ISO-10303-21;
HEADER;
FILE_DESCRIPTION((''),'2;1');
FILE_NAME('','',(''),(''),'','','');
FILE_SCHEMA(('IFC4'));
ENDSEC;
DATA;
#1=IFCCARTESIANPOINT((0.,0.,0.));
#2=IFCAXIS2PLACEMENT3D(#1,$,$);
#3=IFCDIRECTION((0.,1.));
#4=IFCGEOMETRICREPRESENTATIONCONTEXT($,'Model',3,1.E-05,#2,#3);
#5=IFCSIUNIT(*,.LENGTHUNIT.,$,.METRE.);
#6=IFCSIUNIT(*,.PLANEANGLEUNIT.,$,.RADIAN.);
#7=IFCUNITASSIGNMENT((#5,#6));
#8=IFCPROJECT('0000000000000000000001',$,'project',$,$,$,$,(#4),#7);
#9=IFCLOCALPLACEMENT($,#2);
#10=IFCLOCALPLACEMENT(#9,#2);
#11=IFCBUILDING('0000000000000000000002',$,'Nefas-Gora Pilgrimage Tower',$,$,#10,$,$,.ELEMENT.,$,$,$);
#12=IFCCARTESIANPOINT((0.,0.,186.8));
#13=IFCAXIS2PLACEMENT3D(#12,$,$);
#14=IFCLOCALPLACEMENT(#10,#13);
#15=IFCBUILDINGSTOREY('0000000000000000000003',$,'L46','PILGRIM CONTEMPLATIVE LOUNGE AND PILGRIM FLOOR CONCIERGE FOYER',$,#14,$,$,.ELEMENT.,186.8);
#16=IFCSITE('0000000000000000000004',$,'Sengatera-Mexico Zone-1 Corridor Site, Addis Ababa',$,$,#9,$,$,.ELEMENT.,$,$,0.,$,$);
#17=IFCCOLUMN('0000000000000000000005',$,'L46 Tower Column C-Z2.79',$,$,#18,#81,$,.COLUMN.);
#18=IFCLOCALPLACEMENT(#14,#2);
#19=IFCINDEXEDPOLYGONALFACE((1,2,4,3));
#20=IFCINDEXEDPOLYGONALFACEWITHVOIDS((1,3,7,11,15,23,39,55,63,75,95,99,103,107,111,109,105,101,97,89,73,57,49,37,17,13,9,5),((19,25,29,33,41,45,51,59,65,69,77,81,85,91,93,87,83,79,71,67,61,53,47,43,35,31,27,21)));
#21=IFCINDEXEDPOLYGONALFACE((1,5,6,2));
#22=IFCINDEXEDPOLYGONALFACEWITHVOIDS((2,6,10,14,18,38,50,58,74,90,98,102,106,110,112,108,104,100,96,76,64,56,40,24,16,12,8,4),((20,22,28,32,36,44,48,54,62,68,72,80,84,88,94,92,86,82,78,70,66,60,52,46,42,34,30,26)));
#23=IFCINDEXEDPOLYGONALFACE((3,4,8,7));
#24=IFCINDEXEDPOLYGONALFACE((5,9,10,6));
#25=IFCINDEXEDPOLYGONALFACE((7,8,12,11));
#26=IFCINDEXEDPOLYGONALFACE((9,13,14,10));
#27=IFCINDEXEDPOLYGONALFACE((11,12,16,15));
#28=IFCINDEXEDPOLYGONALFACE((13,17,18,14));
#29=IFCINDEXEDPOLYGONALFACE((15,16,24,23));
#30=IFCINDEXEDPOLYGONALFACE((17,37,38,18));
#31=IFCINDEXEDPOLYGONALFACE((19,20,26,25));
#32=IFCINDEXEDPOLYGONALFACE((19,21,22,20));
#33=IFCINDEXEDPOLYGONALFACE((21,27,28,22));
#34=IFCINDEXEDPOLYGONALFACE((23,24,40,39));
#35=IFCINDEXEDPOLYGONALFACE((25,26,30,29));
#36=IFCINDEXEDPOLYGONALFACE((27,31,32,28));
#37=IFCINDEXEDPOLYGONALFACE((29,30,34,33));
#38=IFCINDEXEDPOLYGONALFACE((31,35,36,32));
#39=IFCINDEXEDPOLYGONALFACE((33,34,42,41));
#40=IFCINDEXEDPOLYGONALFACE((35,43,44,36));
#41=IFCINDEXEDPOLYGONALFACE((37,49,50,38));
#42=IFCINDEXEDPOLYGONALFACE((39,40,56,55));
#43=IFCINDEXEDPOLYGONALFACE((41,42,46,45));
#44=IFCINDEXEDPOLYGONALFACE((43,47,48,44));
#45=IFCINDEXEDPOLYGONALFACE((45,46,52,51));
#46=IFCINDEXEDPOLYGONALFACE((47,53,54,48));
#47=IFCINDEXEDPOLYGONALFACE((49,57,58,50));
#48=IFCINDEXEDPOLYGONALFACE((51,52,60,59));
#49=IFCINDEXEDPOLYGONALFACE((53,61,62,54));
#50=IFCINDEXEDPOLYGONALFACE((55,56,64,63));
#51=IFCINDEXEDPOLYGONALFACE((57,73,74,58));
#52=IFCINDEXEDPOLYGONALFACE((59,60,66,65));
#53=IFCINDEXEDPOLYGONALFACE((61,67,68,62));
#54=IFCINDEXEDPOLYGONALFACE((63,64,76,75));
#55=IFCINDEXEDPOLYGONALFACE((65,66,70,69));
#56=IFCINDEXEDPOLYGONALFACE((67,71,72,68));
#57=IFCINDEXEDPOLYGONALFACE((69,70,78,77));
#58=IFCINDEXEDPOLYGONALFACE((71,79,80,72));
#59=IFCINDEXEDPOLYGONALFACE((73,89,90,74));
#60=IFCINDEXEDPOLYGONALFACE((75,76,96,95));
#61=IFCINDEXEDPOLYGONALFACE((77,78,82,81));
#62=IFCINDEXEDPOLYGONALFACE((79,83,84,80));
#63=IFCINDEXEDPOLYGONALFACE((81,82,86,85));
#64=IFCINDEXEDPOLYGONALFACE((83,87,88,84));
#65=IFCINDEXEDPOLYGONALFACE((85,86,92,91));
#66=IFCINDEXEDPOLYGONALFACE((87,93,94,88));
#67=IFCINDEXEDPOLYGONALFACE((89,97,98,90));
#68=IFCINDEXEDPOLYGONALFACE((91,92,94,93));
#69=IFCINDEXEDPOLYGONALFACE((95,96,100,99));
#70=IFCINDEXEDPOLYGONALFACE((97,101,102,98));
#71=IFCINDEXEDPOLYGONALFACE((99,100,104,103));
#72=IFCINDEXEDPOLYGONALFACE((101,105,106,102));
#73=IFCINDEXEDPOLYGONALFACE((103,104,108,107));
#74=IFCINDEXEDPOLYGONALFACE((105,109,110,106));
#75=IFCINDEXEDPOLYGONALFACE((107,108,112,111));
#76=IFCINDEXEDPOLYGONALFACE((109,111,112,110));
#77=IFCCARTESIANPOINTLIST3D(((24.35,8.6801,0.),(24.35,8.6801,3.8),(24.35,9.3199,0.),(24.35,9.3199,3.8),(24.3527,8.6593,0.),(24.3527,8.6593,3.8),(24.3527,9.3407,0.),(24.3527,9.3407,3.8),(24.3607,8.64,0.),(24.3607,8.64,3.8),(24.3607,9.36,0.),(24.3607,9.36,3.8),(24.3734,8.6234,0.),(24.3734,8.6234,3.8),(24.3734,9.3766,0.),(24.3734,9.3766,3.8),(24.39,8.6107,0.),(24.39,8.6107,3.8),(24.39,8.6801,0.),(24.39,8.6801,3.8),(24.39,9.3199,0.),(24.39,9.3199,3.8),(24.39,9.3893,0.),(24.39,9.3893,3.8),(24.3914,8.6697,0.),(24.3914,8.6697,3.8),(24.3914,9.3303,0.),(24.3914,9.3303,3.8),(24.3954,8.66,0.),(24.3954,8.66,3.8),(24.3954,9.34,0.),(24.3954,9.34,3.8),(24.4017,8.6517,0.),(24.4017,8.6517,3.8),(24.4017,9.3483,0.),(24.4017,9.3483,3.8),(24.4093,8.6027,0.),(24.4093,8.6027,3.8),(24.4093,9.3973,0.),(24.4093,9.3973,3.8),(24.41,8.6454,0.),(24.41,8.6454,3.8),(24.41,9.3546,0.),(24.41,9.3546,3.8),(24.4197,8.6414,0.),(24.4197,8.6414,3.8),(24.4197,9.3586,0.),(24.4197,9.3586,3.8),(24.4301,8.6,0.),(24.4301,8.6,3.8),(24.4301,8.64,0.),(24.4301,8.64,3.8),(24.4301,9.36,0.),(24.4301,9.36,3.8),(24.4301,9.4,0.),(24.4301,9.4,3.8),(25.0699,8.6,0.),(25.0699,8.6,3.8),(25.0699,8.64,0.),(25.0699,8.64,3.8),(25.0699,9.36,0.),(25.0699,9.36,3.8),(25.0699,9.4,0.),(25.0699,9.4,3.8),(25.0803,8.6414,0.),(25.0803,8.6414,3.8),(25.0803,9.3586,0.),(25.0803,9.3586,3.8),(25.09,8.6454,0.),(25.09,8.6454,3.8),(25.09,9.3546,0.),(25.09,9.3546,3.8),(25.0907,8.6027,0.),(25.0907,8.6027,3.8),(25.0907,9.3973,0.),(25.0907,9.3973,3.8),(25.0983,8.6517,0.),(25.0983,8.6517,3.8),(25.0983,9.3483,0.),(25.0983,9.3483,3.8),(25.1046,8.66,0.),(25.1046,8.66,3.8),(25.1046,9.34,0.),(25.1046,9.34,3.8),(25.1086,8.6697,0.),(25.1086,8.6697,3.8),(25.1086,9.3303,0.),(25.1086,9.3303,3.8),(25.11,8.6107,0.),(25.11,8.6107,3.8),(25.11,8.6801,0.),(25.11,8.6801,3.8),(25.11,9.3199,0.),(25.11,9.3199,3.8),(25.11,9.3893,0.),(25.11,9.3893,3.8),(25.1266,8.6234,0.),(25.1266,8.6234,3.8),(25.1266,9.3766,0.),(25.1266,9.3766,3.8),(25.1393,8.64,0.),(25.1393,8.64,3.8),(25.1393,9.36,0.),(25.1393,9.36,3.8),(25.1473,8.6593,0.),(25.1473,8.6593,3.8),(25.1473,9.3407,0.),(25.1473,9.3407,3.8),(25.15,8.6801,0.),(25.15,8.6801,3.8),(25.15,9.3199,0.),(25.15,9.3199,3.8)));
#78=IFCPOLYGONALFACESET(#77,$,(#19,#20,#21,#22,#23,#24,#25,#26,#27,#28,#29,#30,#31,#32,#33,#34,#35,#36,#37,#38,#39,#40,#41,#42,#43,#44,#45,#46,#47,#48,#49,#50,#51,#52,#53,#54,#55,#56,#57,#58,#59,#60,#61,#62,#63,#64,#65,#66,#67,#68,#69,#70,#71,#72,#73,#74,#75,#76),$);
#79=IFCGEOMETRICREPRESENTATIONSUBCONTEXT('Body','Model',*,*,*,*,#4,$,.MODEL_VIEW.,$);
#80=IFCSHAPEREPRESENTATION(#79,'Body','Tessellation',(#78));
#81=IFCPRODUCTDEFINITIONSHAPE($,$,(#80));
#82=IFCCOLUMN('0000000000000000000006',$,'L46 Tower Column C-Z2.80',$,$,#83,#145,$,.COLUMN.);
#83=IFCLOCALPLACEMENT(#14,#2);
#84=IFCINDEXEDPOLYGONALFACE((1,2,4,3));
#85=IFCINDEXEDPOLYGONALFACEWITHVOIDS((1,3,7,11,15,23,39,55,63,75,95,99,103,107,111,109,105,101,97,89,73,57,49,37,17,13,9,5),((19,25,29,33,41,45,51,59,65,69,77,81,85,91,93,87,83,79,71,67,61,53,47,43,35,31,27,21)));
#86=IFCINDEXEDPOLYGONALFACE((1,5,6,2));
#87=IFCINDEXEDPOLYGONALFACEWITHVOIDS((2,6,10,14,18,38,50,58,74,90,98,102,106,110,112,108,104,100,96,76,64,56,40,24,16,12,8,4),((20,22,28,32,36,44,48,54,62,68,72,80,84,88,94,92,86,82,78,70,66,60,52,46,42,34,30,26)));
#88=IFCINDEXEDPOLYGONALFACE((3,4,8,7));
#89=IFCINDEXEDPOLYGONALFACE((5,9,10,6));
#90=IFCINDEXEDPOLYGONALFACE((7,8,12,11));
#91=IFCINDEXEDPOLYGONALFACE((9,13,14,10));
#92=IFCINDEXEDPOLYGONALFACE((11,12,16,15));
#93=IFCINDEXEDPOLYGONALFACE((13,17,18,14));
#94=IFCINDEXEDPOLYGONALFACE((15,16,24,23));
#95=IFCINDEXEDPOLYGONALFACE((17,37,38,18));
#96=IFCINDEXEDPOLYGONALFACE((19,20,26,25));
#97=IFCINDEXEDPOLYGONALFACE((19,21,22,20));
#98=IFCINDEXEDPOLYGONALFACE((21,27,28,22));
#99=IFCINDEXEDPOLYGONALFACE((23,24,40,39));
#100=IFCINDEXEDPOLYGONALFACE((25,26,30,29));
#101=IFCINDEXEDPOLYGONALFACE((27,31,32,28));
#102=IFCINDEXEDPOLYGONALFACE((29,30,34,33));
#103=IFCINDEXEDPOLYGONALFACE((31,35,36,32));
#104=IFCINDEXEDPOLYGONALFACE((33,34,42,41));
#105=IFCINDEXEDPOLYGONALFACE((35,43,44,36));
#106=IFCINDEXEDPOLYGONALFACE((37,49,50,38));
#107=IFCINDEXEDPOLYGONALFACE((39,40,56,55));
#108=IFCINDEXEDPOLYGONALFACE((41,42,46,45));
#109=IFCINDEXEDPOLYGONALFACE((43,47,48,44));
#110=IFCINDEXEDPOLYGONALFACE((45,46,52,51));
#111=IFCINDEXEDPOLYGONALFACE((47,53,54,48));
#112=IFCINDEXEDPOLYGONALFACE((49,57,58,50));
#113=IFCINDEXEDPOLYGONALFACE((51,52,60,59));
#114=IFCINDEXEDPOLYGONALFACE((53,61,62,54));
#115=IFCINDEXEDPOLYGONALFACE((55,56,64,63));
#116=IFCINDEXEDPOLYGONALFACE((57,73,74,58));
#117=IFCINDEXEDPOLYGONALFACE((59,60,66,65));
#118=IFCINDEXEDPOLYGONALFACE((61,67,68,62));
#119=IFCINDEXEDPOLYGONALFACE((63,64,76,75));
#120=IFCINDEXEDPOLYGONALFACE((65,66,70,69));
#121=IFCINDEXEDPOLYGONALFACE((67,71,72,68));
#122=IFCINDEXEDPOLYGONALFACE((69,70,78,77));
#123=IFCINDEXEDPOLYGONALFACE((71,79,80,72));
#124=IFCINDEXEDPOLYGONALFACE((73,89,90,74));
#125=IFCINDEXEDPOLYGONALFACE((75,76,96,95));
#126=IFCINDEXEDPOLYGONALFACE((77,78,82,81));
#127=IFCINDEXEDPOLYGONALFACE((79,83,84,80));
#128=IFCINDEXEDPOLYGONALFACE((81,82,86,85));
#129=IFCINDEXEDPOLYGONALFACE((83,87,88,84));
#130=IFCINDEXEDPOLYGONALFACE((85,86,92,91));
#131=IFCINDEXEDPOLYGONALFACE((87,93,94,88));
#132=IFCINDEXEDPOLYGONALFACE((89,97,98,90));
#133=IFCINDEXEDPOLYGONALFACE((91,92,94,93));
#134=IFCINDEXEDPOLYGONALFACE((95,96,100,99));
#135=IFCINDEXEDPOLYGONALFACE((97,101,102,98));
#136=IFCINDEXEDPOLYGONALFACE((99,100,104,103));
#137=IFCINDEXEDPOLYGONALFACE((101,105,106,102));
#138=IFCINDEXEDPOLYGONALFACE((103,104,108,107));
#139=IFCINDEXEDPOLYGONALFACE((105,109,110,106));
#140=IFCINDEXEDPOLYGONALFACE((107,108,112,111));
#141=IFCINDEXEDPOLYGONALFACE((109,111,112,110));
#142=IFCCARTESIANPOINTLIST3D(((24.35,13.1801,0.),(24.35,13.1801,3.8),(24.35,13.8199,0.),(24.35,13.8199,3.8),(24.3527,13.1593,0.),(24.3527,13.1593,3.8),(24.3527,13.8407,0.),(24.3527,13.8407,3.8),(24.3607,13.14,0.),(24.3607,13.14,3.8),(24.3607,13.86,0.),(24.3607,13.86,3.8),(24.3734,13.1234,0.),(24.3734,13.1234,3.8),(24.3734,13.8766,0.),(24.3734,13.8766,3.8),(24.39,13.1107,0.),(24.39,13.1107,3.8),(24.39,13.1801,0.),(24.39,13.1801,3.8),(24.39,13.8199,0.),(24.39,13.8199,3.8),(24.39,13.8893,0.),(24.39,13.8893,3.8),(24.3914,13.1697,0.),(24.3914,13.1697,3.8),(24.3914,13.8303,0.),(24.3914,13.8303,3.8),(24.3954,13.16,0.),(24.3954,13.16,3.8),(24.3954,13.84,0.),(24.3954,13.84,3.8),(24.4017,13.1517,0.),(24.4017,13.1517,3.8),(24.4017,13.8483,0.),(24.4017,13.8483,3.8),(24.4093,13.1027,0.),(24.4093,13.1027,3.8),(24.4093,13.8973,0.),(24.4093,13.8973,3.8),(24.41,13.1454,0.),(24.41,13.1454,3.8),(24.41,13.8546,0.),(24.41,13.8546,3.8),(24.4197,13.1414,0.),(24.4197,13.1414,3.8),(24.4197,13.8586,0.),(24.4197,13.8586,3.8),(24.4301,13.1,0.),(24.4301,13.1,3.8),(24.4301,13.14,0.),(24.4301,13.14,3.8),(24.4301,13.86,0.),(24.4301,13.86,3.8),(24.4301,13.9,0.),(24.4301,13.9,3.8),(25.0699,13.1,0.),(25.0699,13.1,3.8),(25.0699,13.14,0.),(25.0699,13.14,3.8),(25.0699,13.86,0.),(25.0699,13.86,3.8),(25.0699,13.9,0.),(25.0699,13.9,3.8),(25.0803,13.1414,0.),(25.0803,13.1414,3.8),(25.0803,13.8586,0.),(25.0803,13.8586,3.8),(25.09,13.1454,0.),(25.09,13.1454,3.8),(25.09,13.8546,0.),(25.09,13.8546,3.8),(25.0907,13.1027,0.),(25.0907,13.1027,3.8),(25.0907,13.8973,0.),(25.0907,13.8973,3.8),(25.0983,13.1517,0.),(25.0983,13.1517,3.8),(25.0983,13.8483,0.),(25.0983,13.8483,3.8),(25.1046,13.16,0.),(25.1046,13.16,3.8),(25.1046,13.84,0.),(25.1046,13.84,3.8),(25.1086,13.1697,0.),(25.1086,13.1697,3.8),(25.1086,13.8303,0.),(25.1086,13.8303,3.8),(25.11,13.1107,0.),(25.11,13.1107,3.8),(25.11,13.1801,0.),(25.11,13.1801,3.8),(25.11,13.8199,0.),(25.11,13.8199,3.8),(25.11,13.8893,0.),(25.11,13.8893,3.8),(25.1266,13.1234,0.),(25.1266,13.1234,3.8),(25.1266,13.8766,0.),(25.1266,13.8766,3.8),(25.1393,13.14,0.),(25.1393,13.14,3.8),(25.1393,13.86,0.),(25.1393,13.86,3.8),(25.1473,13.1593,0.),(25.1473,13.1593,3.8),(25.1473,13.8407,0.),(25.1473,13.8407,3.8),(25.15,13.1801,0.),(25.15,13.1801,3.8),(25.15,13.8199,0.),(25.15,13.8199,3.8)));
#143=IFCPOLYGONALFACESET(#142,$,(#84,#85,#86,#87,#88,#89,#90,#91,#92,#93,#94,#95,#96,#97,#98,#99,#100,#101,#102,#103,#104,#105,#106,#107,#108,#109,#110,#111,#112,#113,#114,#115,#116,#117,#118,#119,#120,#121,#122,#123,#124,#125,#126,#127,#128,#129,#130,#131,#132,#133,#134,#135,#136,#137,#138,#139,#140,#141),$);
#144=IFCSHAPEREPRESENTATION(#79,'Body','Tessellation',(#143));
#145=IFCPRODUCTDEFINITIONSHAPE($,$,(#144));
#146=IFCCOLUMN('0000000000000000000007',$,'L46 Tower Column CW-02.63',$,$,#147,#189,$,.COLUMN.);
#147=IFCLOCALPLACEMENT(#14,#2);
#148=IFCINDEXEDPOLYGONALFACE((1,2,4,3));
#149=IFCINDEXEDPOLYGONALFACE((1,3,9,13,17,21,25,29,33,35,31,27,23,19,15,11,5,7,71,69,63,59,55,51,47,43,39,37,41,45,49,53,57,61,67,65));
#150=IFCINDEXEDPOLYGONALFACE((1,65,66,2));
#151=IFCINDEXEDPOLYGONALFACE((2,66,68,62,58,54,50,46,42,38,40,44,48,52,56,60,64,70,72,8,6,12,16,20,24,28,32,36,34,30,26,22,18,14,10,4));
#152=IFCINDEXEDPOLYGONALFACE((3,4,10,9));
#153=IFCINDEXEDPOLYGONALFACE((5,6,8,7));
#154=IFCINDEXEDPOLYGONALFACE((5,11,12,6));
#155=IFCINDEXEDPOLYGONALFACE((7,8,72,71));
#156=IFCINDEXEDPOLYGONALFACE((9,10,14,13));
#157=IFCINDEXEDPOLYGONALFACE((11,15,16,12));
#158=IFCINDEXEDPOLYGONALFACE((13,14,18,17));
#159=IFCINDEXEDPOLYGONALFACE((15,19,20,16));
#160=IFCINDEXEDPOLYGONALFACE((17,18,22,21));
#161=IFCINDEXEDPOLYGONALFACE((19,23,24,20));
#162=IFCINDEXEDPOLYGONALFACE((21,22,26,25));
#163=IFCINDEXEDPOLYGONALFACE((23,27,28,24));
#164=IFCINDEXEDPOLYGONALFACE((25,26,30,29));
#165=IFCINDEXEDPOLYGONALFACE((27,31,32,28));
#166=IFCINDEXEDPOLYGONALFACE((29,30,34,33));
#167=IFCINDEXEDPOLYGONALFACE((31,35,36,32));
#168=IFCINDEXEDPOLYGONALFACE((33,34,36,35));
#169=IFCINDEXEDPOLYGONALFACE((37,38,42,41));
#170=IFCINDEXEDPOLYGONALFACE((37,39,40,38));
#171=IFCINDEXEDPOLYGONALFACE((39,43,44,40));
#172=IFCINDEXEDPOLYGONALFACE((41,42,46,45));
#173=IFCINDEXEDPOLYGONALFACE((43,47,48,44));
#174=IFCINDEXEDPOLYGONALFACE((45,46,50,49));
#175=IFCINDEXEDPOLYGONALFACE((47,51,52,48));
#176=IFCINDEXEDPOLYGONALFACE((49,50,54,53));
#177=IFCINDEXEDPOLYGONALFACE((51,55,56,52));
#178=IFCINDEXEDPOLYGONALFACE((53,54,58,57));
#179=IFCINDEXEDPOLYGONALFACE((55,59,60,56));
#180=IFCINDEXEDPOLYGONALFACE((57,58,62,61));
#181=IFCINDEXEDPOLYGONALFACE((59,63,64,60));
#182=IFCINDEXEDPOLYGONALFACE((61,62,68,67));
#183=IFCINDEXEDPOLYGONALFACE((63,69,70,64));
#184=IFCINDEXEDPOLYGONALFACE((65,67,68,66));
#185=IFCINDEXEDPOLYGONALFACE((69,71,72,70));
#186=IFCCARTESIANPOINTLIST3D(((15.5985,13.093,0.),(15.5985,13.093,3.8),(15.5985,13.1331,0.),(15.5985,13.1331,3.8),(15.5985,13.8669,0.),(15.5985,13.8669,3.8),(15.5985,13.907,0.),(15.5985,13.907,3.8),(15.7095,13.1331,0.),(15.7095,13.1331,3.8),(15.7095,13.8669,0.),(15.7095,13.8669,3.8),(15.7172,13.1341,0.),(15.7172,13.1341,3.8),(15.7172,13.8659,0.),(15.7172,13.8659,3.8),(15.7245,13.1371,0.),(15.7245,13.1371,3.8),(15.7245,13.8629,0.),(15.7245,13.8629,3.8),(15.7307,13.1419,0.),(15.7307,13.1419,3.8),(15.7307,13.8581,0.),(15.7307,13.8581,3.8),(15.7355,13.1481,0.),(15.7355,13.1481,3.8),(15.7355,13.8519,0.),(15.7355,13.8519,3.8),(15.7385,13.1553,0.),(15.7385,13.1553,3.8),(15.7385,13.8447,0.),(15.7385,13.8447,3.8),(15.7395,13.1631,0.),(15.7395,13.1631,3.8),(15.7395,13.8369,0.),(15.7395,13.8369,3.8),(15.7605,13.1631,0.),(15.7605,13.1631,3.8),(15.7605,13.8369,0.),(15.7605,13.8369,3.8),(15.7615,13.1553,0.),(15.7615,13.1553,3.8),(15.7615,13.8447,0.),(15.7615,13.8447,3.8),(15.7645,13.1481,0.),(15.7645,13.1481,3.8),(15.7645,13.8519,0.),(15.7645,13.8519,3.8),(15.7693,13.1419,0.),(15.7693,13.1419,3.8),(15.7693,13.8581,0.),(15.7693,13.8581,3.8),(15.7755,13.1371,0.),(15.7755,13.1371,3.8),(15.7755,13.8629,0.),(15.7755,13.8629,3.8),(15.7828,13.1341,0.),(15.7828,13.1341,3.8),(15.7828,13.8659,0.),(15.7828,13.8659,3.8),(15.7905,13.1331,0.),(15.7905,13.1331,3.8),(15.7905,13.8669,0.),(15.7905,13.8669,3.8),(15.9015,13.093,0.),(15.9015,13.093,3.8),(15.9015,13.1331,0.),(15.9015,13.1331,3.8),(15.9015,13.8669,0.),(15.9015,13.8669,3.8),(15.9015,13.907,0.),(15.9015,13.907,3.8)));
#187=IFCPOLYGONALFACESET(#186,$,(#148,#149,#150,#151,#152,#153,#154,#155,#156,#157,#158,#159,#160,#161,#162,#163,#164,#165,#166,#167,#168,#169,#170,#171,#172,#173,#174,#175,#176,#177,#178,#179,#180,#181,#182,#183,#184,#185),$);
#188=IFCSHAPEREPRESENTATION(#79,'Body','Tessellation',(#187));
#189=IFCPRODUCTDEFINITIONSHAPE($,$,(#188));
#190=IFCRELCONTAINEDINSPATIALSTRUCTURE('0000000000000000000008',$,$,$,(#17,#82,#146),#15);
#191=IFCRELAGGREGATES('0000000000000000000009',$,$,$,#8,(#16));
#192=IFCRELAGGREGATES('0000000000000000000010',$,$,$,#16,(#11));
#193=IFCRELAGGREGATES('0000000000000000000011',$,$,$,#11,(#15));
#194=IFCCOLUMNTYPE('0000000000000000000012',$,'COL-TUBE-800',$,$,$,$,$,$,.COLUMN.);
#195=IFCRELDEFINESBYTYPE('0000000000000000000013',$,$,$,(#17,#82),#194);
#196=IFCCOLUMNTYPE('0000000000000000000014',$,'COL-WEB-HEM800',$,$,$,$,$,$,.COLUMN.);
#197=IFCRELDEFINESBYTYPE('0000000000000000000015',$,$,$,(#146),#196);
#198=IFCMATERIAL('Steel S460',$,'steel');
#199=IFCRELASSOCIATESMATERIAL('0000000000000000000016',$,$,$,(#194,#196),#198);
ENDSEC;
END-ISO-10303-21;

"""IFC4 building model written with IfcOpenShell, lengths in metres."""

from ifc_helpers import new_model, si_unit, direction, frame, origin, origin_2d, place, context, subcontext, project, spatial, hollow_rectangle, i_section, extrude, source, transform, mapped, material, material_profile, profile_set, type_object, element, save


model = new_model("IFC4")

# Units and contexts
model_context = context("Model", 3, precision=1e-05, world=origin(), true_north=direction((0.0, 1.0)))
body_context = subcontext(model_context, "Body", "Model", "MODEL_VIEW")
ifc_project = project(units=[si_unit("LENGTHUNIT", "METRE"), si_unit("PLANEANGLEUNIT", "RADIAN")], contexts=[model_context])

# Site, building, storey
site_placement = place(None, origin())
site = spatial("IfcSite", under=ifc_project, at=site_placement, Name="Sengatera-Mexico Zone-1 Corridor Site, Addis Ababa", CompositionType="ELEMENT", RefElevation=0.0)
building_placement = place(site_placement, origin())
building = spatial("IfcBuilding", under=site, at=building_placement, Name="Nefas-Gora Pilgrimage Tower", CompositionType="ELEMENT")
storey_placement = place(building_placement, frame((0.0, 0.0, 186.8)))
storey = spatial("IfcBuildingStorey", under=building, at=storey_placement, Name="L46", Description="PILGRIM CONTEMPLATIVE LOUNGE AND PILGRIM FLOOR CONCIERGE FOYER", CompositionType="ELEMENT", Elevation=186.8)

# Columns
ifc_material_1 = material(Name="Steel S460", Category="steel")
ifc_material_profile_1 = material_profile(ifc_material_1, hollow_rectangle(XDim=0.8, YDim=0.8, WallThickness=0.04, InnerFilletRadius=0.04, OuterFilletRadius=0.0801, at=origin_2d()), Name="BOX 800x800x40")
ifc_profile_set_1 = profile_set([ifc_material_profile_1], Name="Steel S460")
column_type_1 = type_object("IfcColumnType", Name="COL-TUBE-800", PredefinedType="COLUMN", material=ifc_profile_set_1)
shared_shape_1 = source(origin(), body_context, "Body", "SweptSolid", [
    extrude(hollow_rectangle(XDim=0.8, YDim=0.8, WallThickness=0.04, InnerFilletRadius=0.04, OuterFilletRadius=0.0801, at=origin_2d()), origin(), (0.0, 0.0, 1.0), 3.8),
])
for number, where, z_axis, x_axis, name in (
    (1, (24.75, 9.0, 0.0), (0.0, 0.0, 1.0), (1.0, 0.0, 0.0), "L46 Tower Column C-Z2.79"),
    (2, (24.75, 13.5, 0.0), (0.0, 0.0, 1.0), (1.0, 0.0, 0.0), "L46 Tower Column C-Z2.80"),
):
    element("IfcColumn", number, at=place(storey_placement, frame(where, z_axis=z_axis, x_axis=x_axis)), inside=storey, type_object=column_type_1, Name=name, PredefinedType="COLUMN", context=body_context, shape_type="MappedRepresentation", body=[
        mapped(shared_shape_1, transform((0.0, 0.0, 0.0), x_axis=(1.0, 0.0, 0.0), y_axis=(0.0, 1.0, 0.0), z_axis=(0.0, 0.0, 1.0), scale=1.0)),
    ])
ifc_material_profile_2 = material_profile(ifc_material_1, i_section(OverallWidth=0.303, OverallDepth=0.814, WebThickness=0.021, FlangeThickness=0.04, FilletRadius=0.03, at=origin_2d()), Name="HEM 800")
ifc_profile_set_2 = profile_set([ifc_material_profile_2], Name="Steel S460")
column_type_2 = type_object("IfcColumnType", Name="COL-WEB-HEM800", PredefinedType="COLUMN", material=ifc_profile_set_2)
shared_shape_2 = source(origin(), body_context, "Body", "SweptSolid", [
    extrude(i_section(OverallWidth=0.303, OverallDepth=0.814, WebThickness=0.021, FlangeThickness=0.04, FilletRadius=0.03, at=origin_2d()), origin(), (0.0, 0.0, 1.0), 3.8),
])
for number, where, z_axis, x_axis, name in (
    (3, (15.75, 13.5, 0.0), (0.0, 0.0, 1.0), (1.0, 0.0, 0.0), "L46 Tower Column CW-02.63"),
):
    element("IfcColumn", number, at=place(storey_placement, frame(where, z_axis=z_axis, x_axis=x_axis)), inside=storey, type_object=column_type_2, Name=name, PredefinedType="COLUMN", context=body_context, shape_type="MappedRepresentation", body=[
        mapped(shared_shape_2, transform((0.0, 0.0, 0.0), x_axis=(1.0, 0.0, 0.0), y_axis=(0.0, 1.0, 0.0), z_axis=(0.0, 0.0, 1.0), scale=1.0)),
    ])

save(model, "model.ifc")
